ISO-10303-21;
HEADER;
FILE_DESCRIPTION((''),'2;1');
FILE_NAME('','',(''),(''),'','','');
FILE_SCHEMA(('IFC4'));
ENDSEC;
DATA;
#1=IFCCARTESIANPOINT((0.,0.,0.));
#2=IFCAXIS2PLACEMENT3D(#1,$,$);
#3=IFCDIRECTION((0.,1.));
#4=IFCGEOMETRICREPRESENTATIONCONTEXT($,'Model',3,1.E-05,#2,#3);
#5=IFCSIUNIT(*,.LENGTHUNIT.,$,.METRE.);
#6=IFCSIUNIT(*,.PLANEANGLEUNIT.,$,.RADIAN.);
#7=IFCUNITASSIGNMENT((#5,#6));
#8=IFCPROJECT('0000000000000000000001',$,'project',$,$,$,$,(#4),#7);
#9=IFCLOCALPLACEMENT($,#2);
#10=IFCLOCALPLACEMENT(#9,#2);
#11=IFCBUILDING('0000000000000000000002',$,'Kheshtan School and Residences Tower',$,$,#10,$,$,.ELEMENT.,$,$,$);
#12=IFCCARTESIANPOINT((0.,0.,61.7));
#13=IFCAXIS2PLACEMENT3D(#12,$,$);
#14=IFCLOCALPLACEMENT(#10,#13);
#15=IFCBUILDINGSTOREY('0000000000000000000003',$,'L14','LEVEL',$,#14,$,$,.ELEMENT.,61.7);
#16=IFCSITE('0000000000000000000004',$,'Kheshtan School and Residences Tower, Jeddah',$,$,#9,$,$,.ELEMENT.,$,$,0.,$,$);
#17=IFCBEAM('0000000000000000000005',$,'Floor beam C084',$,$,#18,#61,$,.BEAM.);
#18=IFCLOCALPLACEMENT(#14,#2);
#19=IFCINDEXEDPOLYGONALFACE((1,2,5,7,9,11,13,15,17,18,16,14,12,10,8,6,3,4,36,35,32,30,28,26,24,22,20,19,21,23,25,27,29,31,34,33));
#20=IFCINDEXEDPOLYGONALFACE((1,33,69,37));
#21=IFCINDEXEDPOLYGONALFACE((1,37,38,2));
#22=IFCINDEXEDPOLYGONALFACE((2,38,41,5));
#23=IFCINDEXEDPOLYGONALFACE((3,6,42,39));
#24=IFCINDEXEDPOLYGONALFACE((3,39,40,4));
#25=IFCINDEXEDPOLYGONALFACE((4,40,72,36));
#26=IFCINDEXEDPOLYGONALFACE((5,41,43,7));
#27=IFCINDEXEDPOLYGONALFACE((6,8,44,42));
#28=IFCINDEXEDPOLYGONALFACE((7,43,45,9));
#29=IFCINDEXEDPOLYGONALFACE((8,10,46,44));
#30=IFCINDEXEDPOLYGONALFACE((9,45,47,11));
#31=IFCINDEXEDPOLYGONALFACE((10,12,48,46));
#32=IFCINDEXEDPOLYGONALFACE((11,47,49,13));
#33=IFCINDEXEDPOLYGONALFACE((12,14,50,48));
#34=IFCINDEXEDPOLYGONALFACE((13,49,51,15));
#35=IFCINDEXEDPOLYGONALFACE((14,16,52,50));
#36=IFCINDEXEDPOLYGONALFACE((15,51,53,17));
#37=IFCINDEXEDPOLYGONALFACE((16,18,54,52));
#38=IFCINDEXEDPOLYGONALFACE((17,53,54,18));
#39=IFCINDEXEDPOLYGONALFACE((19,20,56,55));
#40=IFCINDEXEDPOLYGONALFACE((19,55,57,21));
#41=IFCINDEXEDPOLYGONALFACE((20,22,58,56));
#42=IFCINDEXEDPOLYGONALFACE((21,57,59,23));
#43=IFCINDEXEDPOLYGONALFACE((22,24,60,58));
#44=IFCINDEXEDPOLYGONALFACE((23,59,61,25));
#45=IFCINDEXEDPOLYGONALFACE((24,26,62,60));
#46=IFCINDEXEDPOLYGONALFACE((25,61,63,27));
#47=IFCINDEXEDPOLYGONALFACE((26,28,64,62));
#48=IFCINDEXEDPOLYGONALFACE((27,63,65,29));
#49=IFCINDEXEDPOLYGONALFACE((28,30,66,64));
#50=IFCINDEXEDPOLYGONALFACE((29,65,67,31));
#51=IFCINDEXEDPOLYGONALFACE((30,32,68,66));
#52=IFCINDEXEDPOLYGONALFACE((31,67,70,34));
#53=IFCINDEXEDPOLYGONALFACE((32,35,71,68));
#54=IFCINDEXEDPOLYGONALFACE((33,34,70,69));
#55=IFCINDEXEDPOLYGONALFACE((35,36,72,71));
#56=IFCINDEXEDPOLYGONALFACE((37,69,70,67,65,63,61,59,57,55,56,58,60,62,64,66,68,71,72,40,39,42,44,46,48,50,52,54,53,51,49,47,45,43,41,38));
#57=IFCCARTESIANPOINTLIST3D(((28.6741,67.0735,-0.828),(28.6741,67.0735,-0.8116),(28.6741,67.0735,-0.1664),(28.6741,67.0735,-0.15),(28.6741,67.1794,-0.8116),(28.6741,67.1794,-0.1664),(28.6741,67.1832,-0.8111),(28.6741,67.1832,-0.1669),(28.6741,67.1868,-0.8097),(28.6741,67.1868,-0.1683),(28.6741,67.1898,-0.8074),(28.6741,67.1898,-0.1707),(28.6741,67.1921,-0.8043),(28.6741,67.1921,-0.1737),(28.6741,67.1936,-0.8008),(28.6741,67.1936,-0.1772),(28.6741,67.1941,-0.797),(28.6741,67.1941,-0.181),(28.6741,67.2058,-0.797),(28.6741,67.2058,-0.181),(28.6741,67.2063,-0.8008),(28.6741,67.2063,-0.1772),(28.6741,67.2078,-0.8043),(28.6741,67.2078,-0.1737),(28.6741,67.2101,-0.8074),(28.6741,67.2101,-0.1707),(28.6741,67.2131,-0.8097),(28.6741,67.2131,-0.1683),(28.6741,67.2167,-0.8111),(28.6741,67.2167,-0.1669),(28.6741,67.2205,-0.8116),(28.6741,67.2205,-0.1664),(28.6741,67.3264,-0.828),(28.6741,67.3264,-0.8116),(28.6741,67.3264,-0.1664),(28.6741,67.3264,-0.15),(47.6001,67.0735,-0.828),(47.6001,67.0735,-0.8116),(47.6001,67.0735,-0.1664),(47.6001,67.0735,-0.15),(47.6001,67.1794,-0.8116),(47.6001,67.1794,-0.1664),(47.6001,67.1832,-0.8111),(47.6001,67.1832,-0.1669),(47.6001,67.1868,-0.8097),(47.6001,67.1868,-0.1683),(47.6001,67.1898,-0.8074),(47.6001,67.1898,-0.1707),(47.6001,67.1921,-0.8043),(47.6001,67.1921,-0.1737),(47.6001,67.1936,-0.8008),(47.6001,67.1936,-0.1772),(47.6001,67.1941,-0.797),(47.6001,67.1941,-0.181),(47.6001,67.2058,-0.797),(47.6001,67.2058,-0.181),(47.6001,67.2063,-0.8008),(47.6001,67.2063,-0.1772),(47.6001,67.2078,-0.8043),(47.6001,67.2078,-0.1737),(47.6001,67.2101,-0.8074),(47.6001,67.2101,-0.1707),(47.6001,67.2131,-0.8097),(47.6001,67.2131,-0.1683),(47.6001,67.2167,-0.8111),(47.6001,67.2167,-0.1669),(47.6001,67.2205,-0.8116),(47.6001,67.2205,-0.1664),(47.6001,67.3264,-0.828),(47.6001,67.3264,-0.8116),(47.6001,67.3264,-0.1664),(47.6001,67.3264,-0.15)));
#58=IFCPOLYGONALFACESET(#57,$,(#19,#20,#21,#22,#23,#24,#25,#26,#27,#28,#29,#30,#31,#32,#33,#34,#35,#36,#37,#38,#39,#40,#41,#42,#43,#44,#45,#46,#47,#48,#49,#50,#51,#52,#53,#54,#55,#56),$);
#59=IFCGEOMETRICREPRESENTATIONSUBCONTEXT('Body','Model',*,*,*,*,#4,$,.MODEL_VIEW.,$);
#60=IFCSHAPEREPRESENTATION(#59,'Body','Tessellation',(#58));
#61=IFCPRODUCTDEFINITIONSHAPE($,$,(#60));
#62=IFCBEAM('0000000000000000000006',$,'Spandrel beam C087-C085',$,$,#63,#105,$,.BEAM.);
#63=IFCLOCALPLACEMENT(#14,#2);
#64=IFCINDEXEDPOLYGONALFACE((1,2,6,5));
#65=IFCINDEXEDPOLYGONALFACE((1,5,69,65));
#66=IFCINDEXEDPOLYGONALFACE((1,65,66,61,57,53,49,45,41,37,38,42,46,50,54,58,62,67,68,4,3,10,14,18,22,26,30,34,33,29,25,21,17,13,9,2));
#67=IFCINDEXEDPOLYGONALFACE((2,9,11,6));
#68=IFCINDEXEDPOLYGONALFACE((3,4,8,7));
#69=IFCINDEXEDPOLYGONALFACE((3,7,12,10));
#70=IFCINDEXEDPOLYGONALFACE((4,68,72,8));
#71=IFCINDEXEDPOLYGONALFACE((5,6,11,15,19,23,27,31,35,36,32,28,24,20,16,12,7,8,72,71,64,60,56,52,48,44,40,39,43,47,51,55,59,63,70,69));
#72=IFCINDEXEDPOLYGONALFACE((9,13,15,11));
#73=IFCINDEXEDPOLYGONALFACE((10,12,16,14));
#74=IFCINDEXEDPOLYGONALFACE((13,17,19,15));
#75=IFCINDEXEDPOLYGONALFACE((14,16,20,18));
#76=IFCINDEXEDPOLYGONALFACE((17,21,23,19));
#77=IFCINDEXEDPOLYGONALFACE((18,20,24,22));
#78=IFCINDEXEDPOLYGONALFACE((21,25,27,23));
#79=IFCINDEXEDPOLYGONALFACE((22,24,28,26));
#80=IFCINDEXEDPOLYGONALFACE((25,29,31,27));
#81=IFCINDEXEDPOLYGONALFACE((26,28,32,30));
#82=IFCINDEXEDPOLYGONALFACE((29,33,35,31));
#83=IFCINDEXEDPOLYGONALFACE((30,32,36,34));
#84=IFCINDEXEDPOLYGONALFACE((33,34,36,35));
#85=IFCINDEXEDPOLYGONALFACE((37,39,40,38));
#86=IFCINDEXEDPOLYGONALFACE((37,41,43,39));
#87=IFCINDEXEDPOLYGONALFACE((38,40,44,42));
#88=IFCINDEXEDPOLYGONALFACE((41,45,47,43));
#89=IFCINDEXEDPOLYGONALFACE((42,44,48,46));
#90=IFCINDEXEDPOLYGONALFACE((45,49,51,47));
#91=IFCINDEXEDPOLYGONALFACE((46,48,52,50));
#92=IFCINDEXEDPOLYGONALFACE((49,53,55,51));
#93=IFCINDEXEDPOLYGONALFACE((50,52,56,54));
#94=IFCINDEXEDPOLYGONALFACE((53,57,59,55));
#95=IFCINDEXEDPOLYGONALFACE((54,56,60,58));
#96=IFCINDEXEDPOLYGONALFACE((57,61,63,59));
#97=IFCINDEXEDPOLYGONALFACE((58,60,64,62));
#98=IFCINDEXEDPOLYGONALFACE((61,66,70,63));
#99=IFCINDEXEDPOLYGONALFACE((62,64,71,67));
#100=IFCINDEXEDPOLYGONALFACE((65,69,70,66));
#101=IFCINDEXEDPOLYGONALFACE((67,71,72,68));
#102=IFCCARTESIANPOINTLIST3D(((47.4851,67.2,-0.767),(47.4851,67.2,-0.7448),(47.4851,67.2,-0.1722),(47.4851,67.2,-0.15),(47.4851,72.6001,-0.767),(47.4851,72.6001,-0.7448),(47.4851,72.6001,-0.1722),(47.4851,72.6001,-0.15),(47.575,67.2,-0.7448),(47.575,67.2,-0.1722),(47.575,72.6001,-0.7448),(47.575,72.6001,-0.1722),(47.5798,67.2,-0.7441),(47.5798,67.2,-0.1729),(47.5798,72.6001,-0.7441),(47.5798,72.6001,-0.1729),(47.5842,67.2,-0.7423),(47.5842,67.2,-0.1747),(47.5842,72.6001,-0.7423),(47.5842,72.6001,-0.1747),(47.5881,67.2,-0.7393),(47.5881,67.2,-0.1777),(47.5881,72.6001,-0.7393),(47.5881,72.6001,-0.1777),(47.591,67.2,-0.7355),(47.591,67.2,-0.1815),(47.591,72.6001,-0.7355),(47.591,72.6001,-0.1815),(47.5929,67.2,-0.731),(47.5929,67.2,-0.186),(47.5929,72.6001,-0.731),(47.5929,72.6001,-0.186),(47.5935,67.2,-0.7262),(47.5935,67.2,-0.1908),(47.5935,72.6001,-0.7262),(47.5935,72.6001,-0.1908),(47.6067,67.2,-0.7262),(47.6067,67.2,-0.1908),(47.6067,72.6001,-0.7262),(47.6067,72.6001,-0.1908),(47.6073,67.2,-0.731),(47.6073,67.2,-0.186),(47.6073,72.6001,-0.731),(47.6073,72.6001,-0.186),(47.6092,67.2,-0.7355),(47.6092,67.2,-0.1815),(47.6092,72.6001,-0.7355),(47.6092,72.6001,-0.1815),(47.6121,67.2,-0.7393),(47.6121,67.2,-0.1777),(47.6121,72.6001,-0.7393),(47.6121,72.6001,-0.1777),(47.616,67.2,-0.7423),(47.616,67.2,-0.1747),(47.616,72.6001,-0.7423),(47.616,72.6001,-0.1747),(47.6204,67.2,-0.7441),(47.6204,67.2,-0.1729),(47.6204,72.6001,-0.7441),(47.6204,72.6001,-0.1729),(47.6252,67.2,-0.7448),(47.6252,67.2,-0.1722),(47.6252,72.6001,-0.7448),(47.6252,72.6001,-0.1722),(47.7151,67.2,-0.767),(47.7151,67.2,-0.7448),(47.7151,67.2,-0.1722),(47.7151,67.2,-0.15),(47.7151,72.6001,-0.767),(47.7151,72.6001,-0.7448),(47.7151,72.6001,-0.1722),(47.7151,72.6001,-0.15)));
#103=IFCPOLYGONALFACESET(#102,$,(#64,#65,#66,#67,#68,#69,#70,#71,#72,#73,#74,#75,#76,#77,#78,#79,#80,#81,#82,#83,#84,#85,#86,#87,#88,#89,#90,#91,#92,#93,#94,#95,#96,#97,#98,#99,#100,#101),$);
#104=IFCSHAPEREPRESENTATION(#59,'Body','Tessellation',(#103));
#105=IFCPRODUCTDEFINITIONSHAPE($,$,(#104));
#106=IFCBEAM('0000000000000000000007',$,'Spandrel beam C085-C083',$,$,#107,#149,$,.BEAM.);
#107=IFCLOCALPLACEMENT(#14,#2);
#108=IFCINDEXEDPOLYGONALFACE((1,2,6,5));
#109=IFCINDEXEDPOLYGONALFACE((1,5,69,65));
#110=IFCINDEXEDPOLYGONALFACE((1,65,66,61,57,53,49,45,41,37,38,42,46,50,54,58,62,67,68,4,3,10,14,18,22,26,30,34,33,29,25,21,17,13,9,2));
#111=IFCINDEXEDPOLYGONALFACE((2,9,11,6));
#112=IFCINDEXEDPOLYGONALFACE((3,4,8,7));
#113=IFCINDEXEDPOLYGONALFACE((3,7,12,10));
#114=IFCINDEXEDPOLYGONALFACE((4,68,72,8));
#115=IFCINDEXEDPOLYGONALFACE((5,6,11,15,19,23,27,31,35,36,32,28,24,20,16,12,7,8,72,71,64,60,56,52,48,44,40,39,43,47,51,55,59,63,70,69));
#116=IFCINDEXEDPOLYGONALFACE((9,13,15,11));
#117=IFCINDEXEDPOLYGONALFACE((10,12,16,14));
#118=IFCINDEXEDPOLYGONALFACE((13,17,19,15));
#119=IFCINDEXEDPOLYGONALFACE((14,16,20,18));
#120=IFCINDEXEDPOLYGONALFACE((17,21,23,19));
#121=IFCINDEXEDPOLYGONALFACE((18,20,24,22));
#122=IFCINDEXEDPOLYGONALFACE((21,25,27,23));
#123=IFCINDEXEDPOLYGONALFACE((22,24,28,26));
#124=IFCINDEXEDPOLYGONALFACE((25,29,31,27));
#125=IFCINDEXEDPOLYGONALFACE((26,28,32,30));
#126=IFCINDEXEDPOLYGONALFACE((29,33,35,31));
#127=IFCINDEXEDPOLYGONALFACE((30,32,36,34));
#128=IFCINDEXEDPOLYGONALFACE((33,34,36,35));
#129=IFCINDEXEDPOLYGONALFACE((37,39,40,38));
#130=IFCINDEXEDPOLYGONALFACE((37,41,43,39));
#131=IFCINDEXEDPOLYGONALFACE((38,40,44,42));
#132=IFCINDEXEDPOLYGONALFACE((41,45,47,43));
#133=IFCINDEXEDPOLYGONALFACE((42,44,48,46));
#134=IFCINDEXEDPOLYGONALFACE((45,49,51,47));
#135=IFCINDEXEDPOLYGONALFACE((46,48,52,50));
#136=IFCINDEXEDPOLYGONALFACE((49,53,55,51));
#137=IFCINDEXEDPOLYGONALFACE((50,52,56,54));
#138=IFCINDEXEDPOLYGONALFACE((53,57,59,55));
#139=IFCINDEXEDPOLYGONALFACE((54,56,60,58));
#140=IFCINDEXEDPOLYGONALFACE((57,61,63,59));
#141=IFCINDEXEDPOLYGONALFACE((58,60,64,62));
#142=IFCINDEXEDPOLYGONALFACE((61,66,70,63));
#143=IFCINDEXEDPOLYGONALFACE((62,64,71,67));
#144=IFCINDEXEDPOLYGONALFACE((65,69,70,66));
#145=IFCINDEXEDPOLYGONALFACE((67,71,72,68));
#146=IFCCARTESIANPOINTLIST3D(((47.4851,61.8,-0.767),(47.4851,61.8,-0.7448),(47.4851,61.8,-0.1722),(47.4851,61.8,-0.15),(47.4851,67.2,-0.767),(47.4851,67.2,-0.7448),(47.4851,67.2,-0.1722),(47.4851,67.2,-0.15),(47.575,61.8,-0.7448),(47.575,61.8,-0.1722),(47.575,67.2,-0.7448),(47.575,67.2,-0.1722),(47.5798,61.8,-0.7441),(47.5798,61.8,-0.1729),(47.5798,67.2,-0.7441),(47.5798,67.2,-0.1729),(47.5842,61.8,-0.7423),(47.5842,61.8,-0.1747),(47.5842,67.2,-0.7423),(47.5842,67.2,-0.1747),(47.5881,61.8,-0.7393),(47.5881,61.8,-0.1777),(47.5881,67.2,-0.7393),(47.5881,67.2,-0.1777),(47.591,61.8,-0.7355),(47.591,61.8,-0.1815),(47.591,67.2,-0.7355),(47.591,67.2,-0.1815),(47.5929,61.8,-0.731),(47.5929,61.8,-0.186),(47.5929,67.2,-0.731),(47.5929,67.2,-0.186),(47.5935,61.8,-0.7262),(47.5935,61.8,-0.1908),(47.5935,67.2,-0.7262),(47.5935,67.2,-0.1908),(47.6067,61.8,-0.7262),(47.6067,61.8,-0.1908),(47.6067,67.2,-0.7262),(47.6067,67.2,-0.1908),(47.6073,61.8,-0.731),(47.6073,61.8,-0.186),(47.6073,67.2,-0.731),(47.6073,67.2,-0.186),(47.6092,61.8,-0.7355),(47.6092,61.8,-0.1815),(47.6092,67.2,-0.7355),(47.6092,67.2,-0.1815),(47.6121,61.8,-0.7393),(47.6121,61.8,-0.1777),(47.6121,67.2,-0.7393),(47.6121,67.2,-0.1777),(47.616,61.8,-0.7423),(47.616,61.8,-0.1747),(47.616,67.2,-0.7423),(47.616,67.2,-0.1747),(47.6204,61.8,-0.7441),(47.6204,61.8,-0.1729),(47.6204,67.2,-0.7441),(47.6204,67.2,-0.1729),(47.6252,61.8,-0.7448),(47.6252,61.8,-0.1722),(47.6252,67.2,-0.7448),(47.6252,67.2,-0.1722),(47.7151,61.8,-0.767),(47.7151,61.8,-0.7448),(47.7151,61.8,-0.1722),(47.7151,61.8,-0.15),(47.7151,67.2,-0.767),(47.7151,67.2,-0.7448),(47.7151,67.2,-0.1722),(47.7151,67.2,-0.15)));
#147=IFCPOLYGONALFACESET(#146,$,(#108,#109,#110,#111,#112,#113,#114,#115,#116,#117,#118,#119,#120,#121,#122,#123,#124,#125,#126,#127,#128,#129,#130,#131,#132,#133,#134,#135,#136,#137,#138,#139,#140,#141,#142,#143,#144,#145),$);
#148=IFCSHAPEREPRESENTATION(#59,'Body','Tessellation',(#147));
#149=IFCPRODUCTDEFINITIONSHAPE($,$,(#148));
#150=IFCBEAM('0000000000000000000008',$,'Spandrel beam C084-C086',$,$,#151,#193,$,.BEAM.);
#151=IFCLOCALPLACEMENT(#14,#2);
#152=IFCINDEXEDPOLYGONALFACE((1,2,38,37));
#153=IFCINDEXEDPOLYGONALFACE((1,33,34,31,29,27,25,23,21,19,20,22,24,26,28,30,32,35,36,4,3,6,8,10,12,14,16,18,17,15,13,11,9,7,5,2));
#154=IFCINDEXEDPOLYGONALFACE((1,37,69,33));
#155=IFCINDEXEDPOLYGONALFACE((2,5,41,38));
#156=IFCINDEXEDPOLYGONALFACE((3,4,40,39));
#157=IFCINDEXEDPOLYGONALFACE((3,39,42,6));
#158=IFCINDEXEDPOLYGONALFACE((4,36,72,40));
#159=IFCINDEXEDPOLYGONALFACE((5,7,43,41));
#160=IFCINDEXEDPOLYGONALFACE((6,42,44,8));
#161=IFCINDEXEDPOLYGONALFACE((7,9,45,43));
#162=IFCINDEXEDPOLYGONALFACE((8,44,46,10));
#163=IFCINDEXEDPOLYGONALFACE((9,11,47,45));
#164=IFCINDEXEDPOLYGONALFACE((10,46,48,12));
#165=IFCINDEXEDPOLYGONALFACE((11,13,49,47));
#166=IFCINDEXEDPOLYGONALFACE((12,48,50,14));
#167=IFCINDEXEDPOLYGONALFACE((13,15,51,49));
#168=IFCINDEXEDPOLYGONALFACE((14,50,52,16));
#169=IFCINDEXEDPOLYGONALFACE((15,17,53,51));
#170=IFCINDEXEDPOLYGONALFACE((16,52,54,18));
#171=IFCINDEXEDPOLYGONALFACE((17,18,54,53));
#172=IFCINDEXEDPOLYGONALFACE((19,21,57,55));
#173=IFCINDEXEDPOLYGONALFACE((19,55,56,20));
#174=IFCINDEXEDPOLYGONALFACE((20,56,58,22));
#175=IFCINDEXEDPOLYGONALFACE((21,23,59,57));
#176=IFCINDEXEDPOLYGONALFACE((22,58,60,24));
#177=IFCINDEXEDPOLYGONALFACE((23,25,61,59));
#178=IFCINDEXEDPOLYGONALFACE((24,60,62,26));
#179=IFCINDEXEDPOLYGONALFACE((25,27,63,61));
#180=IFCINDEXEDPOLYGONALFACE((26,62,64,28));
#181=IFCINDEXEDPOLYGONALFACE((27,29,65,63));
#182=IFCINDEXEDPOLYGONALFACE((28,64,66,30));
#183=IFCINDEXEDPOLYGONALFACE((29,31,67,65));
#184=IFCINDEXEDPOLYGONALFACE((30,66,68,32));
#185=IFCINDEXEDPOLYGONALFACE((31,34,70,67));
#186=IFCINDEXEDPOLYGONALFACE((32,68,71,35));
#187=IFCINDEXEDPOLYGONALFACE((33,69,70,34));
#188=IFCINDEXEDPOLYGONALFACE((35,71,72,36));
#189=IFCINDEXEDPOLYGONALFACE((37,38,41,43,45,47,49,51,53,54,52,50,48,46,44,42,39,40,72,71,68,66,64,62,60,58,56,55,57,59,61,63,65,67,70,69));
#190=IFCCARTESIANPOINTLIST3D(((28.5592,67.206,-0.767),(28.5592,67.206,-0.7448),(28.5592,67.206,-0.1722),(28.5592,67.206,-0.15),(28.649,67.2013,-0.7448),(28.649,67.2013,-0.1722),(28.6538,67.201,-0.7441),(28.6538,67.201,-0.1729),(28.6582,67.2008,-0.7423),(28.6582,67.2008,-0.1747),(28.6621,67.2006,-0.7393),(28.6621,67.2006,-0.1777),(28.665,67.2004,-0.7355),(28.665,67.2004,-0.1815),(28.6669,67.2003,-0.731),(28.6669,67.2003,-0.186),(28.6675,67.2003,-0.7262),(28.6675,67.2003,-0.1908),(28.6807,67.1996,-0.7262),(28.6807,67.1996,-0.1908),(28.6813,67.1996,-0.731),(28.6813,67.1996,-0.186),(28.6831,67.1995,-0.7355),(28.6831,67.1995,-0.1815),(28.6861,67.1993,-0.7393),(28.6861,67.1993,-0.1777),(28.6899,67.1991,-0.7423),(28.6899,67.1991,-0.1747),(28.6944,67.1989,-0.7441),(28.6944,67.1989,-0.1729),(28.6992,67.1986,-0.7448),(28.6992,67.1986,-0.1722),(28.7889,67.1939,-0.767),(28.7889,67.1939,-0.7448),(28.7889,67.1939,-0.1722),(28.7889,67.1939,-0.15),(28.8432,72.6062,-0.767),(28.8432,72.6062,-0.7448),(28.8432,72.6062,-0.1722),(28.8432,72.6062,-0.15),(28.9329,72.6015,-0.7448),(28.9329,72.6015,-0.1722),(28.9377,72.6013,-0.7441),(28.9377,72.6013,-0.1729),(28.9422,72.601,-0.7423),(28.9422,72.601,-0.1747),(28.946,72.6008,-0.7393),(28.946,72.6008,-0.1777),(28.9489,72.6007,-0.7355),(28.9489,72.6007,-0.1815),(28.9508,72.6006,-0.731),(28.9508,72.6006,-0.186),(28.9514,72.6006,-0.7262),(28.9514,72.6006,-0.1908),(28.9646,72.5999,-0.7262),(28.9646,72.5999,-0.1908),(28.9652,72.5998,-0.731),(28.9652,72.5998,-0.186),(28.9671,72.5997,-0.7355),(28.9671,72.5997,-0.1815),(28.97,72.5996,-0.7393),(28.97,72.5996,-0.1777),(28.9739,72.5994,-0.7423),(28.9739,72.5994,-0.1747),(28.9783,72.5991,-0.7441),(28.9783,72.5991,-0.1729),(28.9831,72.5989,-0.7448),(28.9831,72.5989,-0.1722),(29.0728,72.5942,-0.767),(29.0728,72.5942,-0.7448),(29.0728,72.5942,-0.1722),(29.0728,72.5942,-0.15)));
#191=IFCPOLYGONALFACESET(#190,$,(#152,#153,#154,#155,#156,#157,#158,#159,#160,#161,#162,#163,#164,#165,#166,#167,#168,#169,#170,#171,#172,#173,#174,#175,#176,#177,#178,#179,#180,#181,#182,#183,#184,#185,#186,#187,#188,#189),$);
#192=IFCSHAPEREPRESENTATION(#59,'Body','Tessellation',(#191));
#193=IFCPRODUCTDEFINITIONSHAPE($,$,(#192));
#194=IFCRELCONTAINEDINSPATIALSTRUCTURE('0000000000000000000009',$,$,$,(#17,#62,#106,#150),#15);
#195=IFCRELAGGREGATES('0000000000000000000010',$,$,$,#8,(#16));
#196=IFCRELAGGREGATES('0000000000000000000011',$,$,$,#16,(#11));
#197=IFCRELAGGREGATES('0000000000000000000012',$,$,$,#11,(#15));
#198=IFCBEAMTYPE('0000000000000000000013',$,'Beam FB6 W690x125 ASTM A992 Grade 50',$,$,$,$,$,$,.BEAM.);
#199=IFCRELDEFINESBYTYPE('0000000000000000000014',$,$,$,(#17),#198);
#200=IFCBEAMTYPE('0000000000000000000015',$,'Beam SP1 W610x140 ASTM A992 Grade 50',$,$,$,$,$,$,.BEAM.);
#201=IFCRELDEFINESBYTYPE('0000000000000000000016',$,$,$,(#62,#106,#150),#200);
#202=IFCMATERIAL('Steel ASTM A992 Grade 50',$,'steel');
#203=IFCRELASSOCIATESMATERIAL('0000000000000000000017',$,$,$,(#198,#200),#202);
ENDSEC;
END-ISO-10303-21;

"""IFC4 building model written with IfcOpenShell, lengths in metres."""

from ifc_helpers import new_model, si_unit, direction, frame, origin, origin_2d, place, context, subcontext, project, spatial, i_section, extrude, material, material_profile, profile_set, type_object, element, save


model = new_model("IFC4")

# Units and contexts
model_context = context("Model", 3, precision=1e-05, world=origin(), true_north=direction((0.0, 1.0)))
body_context = subcontext(model_context, "Body", "Model", "MODEL_VIEW")
ifc_project = project(units=[si_unit("LENGTHUNIT", "METRE"), si_unit("PLANEANGLEUNIT", "RADIAN")], contexts=[model_context])

# Site, building, storey
site_placement = place(None, origin())
site = spatial("IfcSite", under=ifc_project, at=site_placement, Name="Kheshtan School and Residences Tower, Jeddah", CompositionType="ELEMENT", RefElevation=0.0)
building_placement = place(site_placement, origin())
building = spatial("IfcBuilding", under=site, at=building_placement, Name="Kheshtan School and Residences Tower", CompositionType="ELEMENT")
storey_placement = place(building_placement, frame((0.0, 0.0, 61.7)))
storey = spatial("IfcBuildingStorey", under=building, at=storey_placement, Name="L14", Description="LEVEL", CompositionType="ELEMENT", Elevation=61.7)

# Shared definitions
ifc_material_1 = material(Name="Steel ASTM A992 Grade 50", Category="steel")

# Beams
ifc_material_profile_1 = material_profile(ifc_material_1, i_section(OverallWidth=0.2529, OverallDepth=0.678, WebThickness=0.0117, FlangeThickness=0.0164, FilletRadius=0.0146, at=origin_2d()), Name="W690x125")
ifc_profile_set_1 = profile_set([ifc_material_profile_1], Name="Steel ASTM A992 Grade 50")
beam_type_1 = type_object("IfcBeamType", Name="Beam FB6 W690x125 ASTM A992 Grade 50", PredefinedType="BEAM", material=ifc_profile_set_1)
beam_1_placement = place(storey_placement, frame((28.6741, 67.2, -0.489), z_axis=(1.0, 0.0, 0.0), x_axis=(0.0, 1.0, 0.0)))
element("IfcBeam", 1, at=beam_1_placement, inside=storey, type_object=beam_type_1, Name="Floor beam C084", PredefinedType="BEAM", context=body_context, shape_type="SweptSolid", body=[
    extrude(i_section(OverallWidth=0.2529, OverallDepth=0.678, WebThickness=0.0117, FlangeThickness=0.0164, FilletRadius=0.0146, at=origin_2d()), origin(), (0.0, 0.0, 1.0), 18.926),
])
ifc_material_profile_2 = material_profile(ifc_material_1, i_section(OverallWidth=0.23, OverallDepth=0.6169, WebThickness=0.0132, FlangeThickness=0.0222, FilletRadius=0.0186, at=origin_2d()), Name="W610x140")
ifc_profile_set_2 = profile_set([ifc_material_profile_2], Name="Steel ASTM A992 Grade 50")
beam_type_2 = type_object("IfcBeamType", Name="Beam SP1 W610x140 ASTM A992 Grade 50", PredefinedType="BEAM", material=ifc_profile_set_2)
beam_2_placement = place(storey_placement, frame((47.6001, 72.6001, -0.4585), z_axis=(0.0, -1.0, 0.0), x_axis=(1.0, 0.0, 0.0)))
element("IfcBeam", 2, at=beam_2_placement, inside=storey, type_object=beam_type_2, Name="Spandrel beam C087-C085", PredefinedType="BEAM", context=body_context, shape_type="SweptSolid", body=[
    extrude(i_section(OverallWidth=0.23, OverallDepth=0.6169, WebThickness=0.0132, FlangeThickness=0.0222, FilletRadius=0.0186, at=origin_2d()), origin(), (0.0, 0.0, 1.0), 5.4001),
])
beam_3_placement = place(storey_placement, frame((47.6001, 67.2, -0.4585), z_axis=(0.0, -1.0, 0.0), x_axis=(1.0, 0.0, 0.0)))
element("IfcBeam", 3, at=beam_3_placement, inside=storey, type_object=beam_type_2, Name="Spandrel beam C085-C083", PredefinedType="BEAM", context=body_context, shape_type="SweptSolid", body=[
    extrude(i_section(OverallWidth=0.23, OverallDepth=0.6169, WebThickness=0.0132, FlangeThickness=0.0222, FilletRadius=0.0186, at=origin_2d()), origin(), (0.0, 0.0, 1.0), 5.3999),
])
beam_4_placement = place(storey_placement, frame((28.6741, 67.2, -0.4585), z_axis=(0.052507, 0.998621, 0.0), x_axis=(-0.998621, 0.052507, 0.0)))
element("IfcBeam", 4, at=beam_4_placement, inside=storey, type_object=beam_type_2, Name="Spandrel beam C084-C086", PredefinedType="BEAM", context=body_context, shape_type="SweptSolid", body=[
    extrude(i_section(OverallWidth=0.23, OverallDepth=0.6169, WebThickness=0.0132, FlangeThickness=0.0222, FilletRadius=0.0186, at=origin_2d()), origin(), (0.0, 0.0, 1.0), 5.4077),
])

save(model, "model.ifc")
